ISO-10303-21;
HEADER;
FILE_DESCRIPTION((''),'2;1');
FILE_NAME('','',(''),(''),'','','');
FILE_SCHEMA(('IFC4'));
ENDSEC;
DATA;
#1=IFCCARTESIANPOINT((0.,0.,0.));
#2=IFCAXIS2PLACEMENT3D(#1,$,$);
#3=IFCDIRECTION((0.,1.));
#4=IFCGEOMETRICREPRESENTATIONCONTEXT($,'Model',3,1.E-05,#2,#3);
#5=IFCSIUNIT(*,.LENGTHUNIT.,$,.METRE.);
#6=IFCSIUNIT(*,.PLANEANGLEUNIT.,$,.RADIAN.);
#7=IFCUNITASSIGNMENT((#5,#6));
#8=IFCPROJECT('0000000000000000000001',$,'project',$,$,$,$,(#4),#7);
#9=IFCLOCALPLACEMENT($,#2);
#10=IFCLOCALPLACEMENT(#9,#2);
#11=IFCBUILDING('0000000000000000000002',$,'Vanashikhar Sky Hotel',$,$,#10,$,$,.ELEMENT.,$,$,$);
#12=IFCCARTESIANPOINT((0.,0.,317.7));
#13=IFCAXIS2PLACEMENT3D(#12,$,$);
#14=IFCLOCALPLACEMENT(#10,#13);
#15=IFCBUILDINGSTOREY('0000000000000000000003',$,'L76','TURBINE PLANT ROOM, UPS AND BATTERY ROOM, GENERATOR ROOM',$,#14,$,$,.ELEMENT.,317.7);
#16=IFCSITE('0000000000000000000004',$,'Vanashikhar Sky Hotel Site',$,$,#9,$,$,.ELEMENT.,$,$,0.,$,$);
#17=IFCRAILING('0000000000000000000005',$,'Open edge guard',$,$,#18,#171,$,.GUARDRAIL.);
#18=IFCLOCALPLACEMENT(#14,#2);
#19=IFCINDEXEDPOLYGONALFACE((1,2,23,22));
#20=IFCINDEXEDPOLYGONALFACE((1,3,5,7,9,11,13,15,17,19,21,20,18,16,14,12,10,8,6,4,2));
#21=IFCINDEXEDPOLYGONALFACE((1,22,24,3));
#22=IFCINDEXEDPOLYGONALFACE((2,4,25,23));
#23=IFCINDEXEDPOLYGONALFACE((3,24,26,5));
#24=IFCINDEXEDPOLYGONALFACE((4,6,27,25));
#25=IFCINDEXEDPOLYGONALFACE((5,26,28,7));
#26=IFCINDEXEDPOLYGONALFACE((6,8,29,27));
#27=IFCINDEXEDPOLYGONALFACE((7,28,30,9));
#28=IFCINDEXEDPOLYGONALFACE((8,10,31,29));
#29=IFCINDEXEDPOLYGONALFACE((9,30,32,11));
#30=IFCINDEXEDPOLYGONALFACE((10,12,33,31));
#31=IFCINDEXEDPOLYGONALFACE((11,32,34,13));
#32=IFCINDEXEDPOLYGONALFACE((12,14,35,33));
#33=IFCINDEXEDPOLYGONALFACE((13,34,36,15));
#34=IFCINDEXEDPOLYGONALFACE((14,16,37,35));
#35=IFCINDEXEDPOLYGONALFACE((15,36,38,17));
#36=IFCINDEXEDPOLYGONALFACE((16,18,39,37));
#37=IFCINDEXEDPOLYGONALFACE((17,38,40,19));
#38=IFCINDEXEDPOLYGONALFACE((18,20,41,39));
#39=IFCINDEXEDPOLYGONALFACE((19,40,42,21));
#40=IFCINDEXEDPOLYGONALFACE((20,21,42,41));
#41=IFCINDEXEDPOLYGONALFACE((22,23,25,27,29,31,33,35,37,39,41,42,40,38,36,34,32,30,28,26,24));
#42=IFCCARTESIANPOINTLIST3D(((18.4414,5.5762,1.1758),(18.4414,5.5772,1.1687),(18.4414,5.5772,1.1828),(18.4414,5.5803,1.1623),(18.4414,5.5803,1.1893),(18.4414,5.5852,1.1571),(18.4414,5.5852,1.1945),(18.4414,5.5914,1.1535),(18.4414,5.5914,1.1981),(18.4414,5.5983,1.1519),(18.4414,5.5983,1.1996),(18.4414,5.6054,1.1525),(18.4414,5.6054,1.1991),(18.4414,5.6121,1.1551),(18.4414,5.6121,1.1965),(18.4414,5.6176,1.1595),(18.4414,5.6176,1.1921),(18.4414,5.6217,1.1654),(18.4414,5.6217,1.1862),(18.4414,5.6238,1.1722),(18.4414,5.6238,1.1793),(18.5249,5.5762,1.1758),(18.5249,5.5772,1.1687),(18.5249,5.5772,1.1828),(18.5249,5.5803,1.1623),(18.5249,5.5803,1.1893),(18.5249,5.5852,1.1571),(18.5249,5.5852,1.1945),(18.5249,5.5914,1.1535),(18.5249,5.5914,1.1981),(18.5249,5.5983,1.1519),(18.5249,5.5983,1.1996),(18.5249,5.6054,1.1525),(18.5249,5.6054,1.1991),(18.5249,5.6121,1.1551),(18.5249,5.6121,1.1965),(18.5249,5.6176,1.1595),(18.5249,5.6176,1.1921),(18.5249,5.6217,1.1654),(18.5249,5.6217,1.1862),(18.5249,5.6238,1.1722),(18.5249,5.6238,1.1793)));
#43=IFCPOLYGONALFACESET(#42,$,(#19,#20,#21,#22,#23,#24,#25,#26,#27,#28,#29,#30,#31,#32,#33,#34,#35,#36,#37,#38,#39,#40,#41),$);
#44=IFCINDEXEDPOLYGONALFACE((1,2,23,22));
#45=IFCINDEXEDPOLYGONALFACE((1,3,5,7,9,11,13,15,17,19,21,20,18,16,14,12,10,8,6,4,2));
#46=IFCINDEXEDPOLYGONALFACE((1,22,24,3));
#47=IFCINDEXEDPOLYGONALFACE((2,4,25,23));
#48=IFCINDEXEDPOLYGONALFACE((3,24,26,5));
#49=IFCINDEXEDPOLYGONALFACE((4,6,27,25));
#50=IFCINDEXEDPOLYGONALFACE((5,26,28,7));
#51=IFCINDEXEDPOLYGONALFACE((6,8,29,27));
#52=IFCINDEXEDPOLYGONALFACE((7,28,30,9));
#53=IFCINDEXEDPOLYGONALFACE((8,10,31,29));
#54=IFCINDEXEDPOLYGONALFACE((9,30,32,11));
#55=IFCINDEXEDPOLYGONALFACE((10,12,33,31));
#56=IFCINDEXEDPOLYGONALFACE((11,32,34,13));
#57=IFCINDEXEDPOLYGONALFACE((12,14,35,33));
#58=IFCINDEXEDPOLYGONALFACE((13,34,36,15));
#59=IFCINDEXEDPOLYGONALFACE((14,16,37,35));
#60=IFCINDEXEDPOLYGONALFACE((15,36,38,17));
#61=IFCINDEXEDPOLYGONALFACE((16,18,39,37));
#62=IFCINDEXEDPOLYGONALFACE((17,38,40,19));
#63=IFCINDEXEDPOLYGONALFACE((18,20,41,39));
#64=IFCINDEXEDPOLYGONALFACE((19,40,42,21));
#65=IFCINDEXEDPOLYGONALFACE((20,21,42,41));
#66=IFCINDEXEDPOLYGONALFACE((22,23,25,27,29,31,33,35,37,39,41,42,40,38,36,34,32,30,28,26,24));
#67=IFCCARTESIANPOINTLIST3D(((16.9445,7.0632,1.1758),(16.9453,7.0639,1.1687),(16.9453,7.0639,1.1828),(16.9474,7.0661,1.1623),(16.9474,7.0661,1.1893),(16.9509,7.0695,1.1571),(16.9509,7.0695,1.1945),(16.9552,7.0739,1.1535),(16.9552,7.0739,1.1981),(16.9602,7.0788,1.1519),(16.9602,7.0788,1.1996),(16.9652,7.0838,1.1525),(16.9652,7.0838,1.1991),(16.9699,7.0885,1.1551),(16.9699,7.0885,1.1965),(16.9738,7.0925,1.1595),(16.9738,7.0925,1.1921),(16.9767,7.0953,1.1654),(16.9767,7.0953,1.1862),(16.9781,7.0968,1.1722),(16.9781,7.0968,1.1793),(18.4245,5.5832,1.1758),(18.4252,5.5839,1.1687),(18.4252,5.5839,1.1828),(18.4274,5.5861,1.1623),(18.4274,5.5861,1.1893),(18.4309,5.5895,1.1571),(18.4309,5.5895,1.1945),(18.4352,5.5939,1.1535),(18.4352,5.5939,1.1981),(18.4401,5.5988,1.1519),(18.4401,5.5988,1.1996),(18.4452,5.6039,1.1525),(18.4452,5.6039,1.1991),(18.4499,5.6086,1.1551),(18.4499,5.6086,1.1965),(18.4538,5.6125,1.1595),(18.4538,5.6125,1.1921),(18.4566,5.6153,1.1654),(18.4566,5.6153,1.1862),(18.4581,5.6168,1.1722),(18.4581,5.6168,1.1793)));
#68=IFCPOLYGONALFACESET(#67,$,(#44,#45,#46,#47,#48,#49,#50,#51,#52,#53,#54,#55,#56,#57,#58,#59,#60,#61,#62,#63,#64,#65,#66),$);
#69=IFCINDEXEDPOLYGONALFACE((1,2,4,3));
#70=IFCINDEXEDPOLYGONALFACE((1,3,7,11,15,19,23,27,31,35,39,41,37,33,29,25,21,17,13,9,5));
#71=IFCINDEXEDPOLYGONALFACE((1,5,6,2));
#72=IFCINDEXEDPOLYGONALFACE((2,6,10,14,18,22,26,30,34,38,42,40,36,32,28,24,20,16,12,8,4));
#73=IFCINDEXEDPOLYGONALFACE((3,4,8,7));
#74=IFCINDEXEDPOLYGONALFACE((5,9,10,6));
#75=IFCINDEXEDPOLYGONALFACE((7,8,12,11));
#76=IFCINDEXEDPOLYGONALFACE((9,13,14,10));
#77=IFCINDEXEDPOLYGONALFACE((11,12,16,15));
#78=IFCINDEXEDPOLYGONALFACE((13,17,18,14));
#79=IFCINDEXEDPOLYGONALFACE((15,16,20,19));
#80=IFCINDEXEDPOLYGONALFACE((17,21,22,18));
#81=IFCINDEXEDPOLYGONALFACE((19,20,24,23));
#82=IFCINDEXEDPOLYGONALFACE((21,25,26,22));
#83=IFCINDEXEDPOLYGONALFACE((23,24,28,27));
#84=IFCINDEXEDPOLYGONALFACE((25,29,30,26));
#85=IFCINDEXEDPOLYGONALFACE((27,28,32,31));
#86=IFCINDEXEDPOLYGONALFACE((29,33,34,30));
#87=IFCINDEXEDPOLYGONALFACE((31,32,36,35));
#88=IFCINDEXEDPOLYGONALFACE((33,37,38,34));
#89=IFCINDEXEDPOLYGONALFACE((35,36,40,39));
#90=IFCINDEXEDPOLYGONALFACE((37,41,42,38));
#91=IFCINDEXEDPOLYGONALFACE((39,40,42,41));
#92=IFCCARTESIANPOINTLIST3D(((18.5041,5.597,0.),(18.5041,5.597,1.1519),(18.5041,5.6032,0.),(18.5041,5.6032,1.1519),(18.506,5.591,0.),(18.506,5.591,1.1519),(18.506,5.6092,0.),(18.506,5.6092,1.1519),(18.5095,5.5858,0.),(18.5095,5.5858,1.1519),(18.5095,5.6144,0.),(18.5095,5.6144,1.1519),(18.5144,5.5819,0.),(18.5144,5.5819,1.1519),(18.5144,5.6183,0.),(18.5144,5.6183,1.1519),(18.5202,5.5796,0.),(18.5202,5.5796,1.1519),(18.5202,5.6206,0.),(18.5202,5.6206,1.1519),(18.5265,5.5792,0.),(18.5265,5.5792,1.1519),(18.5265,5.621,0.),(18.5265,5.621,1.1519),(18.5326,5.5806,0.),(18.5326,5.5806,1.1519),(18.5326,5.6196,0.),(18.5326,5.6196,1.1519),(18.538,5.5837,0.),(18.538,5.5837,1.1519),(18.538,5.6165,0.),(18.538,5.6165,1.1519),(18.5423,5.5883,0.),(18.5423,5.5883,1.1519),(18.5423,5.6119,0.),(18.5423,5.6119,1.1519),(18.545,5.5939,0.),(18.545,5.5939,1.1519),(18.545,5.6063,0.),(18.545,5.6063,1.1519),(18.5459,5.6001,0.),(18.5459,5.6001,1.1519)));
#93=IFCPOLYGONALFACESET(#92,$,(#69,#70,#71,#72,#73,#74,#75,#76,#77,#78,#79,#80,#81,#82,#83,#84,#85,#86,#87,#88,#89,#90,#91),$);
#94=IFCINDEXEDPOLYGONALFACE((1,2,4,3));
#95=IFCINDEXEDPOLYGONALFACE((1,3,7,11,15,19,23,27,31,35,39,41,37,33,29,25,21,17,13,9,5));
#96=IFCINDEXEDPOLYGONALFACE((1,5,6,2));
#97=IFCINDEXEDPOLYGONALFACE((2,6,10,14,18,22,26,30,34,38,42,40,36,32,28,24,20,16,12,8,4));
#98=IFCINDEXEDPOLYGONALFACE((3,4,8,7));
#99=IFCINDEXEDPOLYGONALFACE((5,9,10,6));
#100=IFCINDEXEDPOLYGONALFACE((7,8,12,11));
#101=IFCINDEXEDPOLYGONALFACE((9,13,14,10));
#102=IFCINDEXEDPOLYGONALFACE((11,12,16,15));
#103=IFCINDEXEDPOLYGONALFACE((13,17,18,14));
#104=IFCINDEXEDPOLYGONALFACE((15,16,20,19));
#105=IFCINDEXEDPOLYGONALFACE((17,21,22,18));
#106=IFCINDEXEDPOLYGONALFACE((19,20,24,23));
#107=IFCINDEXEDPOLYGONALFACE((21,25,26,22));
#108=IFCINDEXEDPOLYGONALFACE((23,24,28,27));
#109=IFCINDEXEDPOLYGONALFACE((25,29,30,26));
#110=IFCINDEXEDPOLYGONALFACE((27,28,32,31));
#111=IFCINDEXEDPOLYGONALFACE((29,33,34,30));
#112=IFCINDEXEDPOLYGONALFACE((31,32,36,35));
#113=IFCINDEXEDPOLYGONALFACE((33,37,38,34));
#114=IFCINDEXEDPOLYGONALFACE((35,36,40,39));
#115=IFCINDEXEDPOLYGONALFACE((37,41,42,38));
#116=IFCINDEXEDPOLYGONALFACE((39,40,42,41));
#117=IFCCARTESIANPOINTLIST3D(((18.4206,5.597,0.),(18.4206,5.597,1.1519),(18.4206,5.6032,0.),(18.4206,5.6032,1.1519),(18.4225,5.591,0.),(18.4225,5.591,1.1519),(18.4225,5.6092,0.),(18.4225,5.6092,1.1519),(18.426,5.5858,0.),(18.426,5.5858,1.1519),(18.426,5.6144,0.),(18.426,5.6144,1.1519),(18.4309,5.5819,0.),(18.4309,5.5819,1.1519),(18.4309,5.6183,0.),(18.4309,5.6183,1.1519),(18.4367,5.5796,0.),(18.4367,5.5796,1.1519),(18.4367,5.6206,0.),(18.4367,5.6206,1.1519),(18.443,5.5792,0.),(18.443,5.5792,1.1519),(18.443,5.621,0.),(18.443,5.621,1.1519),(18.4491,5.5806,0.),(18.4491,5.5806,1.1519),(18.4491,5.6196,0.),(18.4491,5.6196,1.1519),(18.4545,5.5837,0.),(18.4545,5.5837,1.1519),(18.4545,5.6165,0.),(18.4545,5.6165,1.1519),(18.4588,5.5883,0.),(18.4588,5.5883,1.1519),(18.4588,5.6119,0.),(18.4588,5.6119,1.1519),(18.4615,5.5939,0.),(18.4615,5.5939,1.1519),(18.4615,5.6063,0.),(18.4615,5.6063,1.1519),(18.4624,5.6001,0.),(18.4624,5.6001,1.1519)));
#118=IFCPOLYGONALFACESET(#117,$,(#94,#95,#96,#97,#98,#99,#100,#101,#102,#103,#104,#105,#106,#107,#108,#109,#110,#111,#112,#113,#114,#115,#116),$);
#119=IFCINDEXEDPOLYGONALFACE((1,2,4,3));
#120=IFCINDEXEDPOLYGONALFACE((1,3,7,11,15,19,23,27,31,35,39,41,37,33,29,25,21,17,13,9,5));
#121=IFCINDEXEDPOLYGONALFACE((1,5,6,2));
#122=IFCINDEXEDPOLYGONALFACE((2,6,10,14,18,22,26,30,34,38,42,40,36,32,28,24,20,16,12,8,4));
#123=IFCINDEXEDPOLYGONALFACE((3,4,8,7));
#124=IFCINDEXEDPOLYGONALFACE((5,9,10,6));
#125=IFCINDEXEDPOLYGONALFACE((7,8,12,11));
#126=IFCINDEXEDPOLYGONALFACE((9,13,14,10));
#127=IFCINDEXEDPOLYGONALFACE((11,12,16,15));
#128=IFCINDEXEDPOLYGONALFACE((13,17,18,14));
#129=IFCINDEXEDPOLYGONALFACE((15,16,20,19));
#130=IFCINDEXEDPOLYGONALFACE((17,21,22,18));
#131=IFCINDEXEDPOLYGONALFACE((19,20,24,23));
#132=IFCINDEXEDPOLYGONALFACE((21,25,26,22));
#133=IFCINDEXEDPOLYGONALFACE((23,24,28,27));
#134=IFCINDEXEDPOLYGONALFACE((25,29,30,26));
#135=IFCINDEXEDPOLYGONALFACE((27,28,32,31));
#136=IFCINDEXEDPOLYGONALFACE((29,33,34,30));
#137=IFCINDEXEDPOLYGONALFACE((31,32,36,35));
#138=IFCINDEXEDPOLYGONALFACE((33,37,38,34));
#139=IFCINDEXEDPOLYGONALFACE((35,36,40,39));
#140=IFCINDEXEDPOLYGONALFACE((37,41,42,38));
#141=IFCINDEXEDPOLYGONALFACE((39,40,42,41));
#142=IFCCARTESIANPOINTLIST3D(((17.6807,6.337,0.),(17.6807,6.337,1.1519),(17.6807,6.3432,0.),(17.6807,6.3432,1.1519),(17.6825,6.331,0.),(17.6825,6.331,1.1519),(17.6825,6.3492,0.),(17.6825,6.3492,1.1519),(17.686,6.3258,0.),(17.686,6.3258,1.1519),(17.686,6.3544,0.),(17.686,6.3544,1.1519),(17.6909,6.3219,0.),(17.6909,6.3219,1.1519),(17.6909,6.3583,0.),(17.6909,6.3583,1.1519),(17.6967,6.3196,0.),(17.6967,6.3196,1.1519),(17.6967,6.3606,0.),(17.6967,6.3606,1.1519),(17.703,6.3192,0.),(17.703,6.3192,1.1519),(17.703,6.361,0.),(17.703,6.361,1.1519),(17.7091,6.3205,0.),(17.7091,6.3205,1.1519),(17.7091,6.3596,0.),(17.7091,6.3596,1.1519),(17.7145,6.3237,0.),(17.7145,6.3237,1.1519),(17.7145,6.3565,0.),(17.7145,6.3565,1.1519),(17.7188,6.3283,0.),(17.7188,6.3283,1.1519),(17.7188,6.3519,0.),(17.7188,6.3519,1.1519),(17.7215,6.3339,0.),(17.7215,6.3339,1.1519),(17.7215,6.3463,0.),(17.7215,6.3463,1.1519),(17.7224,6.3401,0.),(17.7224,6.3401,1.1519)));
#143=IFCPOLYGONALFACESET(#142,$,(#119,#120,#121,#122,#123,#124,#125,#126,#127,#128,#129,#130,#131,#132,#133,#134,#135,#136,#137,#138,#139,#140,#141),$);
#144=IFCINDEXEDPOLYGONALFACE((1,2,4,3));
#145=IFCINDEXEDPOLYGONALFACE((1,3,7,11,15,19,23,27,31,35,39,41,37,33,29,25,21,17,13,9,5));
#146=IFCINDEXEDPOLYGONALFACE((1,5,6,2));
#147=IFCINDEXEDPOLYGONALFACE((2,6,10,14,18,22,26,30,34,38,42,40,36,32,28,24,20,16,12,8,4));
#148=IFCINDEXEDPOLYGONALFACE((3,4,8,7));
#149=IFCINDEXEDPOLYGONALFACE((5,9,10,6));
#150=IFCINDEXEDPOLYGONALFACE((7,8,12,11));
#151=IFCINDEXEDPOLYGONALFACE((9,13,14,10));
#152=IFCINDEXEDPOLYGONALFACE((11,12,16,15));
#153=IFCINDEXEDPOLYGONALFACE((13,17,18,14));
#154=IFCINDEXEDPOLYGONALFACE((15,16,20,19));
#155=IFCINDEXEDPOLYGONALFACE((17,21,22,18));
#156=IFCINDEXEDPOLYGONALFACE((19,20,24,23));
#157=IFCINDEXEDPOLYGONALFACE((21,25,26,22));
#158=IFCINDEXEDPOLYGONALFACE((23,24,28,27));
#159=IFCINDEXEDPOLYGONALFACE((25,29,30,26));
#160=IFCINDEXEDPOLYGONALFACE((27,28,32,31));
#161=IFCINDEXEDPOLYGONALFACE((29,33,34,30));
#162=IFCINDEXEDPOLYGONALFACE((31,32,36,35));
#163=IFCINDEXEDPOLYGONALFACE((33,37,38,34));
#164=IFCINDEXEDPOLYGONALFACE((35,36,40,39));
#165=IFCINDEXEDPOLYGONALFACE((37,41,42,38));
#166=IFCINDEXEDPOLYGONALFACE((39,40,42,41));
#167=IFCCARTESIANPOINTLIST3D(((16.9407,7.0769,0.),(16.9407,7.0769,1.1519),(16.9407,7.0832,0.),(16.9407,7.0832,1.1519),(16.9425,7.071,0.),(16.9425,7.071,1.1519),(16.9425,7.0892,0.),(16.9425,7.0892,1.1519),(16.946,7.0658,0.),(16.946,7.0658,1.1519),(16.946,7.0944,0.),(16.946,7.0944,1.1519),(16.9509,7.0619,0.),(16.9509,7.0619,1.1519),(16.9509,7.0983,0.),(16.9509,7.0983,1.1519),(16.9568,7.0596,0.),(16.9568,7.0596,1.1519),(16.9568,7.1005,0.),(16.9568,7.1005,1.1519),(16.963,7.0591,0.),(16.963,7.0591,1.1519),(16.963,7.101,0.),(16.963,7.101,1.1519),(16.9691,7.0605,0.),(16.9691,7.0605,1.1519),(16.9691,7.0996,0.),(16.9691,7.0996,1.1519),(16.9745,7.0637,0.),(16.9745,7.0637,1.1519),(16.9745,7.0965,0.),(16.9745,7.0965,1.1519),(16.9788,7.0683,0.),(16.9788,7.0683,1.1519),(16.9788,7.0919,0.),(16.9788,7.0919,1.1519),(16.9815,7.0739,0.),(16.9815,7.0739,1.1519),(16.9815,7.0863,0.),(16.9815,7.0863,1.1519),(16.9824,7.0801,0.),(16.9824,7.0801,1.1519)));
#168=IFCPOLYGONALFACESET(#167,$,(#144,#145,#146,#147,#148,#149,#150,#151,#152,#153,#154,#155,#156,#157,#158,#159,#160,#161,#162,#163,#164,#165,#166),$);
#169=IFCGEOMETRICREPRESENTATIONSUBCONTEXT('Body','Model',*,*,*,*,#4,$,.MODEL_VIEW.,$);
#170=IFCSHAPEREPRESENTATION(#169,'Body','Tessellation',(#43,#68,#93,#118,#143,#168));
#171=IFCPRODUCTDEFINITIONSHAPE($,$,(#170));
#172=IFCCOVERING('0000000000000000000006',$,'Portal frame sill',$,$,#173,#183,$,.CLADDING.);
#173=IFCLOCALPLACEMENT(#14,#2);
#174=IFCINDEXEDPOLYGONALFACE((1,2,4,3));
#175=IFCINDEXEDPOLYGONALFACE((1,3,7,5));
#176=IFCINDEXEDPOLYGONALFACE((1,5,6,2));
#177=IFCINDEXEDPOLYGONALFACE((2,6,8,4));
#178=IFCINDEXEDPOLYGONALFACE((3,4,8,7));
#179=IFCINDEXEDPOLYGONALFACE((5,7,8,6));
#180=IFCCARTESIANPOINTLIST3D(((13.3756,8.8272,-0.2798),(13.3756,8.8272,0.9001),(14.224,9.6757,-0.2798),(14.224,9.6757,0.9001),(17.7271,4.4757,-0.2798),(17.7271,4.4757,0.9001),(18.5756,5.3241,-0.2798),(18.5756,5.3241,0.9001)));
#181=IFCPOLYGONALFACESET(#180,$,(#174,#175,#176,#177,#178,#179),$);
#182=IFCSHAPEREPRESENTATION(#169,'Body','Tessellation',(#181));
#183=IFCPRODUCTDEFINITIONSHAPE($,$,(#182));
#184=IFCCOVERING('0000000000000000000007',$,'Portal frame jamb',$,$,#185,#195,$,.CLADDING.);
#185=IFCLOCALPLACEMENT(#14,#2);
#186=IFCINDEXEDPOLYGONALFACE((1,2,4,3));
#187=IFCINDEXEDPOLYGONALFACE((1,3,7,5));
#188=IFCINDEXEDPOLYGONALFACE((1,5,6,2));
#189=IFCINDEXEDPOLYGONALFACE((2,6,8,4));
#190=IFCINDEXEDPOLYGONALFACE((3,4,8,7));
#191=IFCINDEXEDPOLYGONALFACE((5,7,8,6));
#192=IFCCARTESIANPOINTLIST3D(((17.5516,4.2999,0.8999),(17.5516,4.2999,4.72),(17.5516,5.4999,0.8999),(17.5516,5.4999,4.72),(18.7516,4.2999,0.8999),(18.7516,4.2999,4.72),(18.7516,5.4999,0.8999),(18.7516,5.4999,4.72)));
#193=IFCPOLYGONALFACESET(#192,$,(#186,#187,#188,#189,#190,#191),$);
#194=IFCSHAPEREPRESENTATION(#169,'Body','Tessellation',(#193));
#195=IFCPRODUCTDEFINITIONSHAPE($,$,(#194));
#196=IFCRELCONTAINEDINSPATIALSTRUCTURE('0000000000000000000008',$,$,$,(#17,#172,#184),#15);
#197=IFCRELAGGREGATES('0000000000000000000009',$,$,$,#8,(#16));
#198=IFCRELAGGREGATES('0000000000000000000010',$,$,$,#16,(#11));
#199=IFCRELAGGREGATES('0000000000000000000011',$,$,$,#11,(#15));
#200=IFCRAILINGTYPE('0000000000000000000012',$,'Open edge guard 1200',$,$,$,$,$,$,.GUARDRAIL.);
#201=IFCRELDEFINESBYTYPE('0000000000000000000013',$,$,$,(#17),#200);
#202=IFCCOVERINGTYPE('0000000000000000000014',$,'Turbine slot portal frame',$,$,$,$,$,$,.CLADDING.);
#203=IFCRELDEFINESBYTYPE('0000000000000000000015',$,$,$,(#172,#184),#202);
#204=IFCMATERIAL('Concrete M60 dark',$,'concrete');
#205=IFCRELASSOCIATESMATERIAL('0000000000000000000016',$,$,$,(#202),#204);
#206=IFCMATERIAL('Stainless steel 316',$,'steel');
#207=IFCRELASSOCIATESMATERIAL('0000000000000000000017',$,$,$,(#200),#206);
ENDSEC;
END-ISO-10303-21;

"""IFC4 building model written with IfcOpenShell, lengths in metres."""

from ifc_helpers import new_model, si_unit, direction, frame, origin, origin_2d, place, context, subcontext, project, spatial, rectangle, circle, extrude, source, transform, mapped, material, type_object, element, save


model = new_model("IFC4")

# Units and contexts
model_context = context("Model", 3, precision=1e-05, world=origin(), true_north=direction((0.0, 1.0)))
body_context = subcontext(model_context, "Body", "Model", "MODEL_VIEW")
ifc_project = project(units=[si_unit("LENGTHUNIT", "METRE"), si_unit("PLANEANGLEUNIT", "RADIAN")], contexts=[model_context])

# Site, building, storey
site_placement = place(None, origin())
site = spatial("IfcSite", under=ifc_project, at=site_placement, Name="Vanashikhar Sky Hotel Site", CompositionType="ELEMENT", RefElevation=0.0)
building_placement = place(site_placement, origin())
building = spatial("IfcBuilding", under=site, at=building_placement, Name="Vanashikhar Sky Hotel", CompositionType="ELEMENT")
storey_placement = place(building_placement, frame((0.0, 0.0, 317.7)))
storey = spatial("IfcBuildingStorey", under=building, at=storey_placement, Name="L76", Description="TURBINE PLANT ROOM, UPS AND BATTERY ROOM, GENERATOR ROOM", CompositionType="ELEMENT", Elevation=317.7)

# Shared definitions
ifc_material_1 = material(Name="Concrete M60 dark", Category="concrete")
covering_type = type_object("IfcCoveringType", Name="Turbine slot portal frame", PredefinedType="CLADDING", material=ifc_material_1)

# Railing
ifc_material_2 = material(Name="Stainless steel 316", Category="steel")
railing_type = type_object("IfcRailingType", Name="Open edge guard 1200", PredefinedType="GUARDRAIL", material=ifc_material_2)
shared_shape_1 = source(origin(), body_context, "Body", "SweptSolid", [
    extrude(circle(Radius=0.0239, at=origin_2d()), frame((0.0, 0.0, 1.1758), z_axis=(-1.0, 0.0, 0.0), x_axis=(0.0, -1.0, 0.0)), (0.0, 0.0, 1.0), 0.0835),
    extrude(circle(Radius=0.0239, at=origin_2d()), frame((-0.0835, 0.0, 1.1758), z_axis=(-0.707107, 0.707107, 0.0), x_axis=(-0.707107, -0.707107, 0.0)), (0.0, 0.0, 1.0), 2.093),
    extrude(circle(Radius=0.021, at=origin_2d()), origin(), (0.0, 0.0, 1.0), 1.1519),
    extrude(circle(Radius=0.021, at=origin_2d()), frame((-0.0835, 0.0, 0.0)), (0.0, 0.0, 1.0), 1.1519),
    extrude(circle(Radius=0.021, at=origin_2d()), frame((-0.8235, 0.74, 0.0)), (0.0, 0.0, 1.0), 1.1519),
    extrude(circle(Radius=0.021, at=origin_2d()), frame((-1.5635, 1.48, 0.0)), (0.0, 0.0, 1.0), 1.1519),
])
railing_1_placement = place(storey_placement, frame((18.5249, 5.6001, 0.0)))
element("IfcRailing", 1, at=railing_1_placement, inside=storey, type_object=railing_type, Name="Open edge guard", PredefinedType="GUARDRAIL", context=body_context, shape_type="MappedRepresentation", body=[
    mapped(shared_shape_1, transform((0.0, 0.0, 0.0), scale=1.0)),
])

# Coverings
shared_shape_2 = source(origin(), body_context, "Body", "SweptSolid", [
    extrude(rectangle(XDim=6.1541, YDim=1.2, at=origin_2d()), origin(), (0.0, 0.0, 1.0), 1.1799),
])
covering_1_placement = place(storey_placement, frame((15.9756, 7.0757, -0.2798), z_axis=(0.0, 0.0, 1.0), x_axis=(0.707107, -0.707107, 0.0)))
element("IfcCovering", 2, at=covering_1_placement, inside=storey, type_object=covering_type, Name="Portal frame sill", PredefinedType="CLADDING", context=body_context, shape_type="MappedRepresentation", body=[
    mapped(shared_shape_2, transform((0.0, 0.0, 0.0), scale=1.0)),
])
shared_shape_3 = source(origin(), body_context, "Body", "SweptSolid", [
    extrude(rectangle(XDim=1.2, YDim=1.2, at=origin_2d()), origin(), (0.0, 0.0, 1.0), 3.8201),
])
covering_2_placement = place(storey_placement, frame((18.1516, 4.8999, 0.8999), z_axis=(0.0, 0.0, 1.0), x_axis=(1.0, 0.0, 0.0)))
element("IfcCovering", 3, at=covering_2_placement, inside=storey, type_object=covering_type, Name="Portal frame jamb", PredefinedType="CLADDING", context=body_context, shape_type="MappedRepresentation", body=[
    mapped(shared_shape_3, transform((0.0, 0.0, 0.0), scale=1.0)),
])

save(model, "model.ifc")
